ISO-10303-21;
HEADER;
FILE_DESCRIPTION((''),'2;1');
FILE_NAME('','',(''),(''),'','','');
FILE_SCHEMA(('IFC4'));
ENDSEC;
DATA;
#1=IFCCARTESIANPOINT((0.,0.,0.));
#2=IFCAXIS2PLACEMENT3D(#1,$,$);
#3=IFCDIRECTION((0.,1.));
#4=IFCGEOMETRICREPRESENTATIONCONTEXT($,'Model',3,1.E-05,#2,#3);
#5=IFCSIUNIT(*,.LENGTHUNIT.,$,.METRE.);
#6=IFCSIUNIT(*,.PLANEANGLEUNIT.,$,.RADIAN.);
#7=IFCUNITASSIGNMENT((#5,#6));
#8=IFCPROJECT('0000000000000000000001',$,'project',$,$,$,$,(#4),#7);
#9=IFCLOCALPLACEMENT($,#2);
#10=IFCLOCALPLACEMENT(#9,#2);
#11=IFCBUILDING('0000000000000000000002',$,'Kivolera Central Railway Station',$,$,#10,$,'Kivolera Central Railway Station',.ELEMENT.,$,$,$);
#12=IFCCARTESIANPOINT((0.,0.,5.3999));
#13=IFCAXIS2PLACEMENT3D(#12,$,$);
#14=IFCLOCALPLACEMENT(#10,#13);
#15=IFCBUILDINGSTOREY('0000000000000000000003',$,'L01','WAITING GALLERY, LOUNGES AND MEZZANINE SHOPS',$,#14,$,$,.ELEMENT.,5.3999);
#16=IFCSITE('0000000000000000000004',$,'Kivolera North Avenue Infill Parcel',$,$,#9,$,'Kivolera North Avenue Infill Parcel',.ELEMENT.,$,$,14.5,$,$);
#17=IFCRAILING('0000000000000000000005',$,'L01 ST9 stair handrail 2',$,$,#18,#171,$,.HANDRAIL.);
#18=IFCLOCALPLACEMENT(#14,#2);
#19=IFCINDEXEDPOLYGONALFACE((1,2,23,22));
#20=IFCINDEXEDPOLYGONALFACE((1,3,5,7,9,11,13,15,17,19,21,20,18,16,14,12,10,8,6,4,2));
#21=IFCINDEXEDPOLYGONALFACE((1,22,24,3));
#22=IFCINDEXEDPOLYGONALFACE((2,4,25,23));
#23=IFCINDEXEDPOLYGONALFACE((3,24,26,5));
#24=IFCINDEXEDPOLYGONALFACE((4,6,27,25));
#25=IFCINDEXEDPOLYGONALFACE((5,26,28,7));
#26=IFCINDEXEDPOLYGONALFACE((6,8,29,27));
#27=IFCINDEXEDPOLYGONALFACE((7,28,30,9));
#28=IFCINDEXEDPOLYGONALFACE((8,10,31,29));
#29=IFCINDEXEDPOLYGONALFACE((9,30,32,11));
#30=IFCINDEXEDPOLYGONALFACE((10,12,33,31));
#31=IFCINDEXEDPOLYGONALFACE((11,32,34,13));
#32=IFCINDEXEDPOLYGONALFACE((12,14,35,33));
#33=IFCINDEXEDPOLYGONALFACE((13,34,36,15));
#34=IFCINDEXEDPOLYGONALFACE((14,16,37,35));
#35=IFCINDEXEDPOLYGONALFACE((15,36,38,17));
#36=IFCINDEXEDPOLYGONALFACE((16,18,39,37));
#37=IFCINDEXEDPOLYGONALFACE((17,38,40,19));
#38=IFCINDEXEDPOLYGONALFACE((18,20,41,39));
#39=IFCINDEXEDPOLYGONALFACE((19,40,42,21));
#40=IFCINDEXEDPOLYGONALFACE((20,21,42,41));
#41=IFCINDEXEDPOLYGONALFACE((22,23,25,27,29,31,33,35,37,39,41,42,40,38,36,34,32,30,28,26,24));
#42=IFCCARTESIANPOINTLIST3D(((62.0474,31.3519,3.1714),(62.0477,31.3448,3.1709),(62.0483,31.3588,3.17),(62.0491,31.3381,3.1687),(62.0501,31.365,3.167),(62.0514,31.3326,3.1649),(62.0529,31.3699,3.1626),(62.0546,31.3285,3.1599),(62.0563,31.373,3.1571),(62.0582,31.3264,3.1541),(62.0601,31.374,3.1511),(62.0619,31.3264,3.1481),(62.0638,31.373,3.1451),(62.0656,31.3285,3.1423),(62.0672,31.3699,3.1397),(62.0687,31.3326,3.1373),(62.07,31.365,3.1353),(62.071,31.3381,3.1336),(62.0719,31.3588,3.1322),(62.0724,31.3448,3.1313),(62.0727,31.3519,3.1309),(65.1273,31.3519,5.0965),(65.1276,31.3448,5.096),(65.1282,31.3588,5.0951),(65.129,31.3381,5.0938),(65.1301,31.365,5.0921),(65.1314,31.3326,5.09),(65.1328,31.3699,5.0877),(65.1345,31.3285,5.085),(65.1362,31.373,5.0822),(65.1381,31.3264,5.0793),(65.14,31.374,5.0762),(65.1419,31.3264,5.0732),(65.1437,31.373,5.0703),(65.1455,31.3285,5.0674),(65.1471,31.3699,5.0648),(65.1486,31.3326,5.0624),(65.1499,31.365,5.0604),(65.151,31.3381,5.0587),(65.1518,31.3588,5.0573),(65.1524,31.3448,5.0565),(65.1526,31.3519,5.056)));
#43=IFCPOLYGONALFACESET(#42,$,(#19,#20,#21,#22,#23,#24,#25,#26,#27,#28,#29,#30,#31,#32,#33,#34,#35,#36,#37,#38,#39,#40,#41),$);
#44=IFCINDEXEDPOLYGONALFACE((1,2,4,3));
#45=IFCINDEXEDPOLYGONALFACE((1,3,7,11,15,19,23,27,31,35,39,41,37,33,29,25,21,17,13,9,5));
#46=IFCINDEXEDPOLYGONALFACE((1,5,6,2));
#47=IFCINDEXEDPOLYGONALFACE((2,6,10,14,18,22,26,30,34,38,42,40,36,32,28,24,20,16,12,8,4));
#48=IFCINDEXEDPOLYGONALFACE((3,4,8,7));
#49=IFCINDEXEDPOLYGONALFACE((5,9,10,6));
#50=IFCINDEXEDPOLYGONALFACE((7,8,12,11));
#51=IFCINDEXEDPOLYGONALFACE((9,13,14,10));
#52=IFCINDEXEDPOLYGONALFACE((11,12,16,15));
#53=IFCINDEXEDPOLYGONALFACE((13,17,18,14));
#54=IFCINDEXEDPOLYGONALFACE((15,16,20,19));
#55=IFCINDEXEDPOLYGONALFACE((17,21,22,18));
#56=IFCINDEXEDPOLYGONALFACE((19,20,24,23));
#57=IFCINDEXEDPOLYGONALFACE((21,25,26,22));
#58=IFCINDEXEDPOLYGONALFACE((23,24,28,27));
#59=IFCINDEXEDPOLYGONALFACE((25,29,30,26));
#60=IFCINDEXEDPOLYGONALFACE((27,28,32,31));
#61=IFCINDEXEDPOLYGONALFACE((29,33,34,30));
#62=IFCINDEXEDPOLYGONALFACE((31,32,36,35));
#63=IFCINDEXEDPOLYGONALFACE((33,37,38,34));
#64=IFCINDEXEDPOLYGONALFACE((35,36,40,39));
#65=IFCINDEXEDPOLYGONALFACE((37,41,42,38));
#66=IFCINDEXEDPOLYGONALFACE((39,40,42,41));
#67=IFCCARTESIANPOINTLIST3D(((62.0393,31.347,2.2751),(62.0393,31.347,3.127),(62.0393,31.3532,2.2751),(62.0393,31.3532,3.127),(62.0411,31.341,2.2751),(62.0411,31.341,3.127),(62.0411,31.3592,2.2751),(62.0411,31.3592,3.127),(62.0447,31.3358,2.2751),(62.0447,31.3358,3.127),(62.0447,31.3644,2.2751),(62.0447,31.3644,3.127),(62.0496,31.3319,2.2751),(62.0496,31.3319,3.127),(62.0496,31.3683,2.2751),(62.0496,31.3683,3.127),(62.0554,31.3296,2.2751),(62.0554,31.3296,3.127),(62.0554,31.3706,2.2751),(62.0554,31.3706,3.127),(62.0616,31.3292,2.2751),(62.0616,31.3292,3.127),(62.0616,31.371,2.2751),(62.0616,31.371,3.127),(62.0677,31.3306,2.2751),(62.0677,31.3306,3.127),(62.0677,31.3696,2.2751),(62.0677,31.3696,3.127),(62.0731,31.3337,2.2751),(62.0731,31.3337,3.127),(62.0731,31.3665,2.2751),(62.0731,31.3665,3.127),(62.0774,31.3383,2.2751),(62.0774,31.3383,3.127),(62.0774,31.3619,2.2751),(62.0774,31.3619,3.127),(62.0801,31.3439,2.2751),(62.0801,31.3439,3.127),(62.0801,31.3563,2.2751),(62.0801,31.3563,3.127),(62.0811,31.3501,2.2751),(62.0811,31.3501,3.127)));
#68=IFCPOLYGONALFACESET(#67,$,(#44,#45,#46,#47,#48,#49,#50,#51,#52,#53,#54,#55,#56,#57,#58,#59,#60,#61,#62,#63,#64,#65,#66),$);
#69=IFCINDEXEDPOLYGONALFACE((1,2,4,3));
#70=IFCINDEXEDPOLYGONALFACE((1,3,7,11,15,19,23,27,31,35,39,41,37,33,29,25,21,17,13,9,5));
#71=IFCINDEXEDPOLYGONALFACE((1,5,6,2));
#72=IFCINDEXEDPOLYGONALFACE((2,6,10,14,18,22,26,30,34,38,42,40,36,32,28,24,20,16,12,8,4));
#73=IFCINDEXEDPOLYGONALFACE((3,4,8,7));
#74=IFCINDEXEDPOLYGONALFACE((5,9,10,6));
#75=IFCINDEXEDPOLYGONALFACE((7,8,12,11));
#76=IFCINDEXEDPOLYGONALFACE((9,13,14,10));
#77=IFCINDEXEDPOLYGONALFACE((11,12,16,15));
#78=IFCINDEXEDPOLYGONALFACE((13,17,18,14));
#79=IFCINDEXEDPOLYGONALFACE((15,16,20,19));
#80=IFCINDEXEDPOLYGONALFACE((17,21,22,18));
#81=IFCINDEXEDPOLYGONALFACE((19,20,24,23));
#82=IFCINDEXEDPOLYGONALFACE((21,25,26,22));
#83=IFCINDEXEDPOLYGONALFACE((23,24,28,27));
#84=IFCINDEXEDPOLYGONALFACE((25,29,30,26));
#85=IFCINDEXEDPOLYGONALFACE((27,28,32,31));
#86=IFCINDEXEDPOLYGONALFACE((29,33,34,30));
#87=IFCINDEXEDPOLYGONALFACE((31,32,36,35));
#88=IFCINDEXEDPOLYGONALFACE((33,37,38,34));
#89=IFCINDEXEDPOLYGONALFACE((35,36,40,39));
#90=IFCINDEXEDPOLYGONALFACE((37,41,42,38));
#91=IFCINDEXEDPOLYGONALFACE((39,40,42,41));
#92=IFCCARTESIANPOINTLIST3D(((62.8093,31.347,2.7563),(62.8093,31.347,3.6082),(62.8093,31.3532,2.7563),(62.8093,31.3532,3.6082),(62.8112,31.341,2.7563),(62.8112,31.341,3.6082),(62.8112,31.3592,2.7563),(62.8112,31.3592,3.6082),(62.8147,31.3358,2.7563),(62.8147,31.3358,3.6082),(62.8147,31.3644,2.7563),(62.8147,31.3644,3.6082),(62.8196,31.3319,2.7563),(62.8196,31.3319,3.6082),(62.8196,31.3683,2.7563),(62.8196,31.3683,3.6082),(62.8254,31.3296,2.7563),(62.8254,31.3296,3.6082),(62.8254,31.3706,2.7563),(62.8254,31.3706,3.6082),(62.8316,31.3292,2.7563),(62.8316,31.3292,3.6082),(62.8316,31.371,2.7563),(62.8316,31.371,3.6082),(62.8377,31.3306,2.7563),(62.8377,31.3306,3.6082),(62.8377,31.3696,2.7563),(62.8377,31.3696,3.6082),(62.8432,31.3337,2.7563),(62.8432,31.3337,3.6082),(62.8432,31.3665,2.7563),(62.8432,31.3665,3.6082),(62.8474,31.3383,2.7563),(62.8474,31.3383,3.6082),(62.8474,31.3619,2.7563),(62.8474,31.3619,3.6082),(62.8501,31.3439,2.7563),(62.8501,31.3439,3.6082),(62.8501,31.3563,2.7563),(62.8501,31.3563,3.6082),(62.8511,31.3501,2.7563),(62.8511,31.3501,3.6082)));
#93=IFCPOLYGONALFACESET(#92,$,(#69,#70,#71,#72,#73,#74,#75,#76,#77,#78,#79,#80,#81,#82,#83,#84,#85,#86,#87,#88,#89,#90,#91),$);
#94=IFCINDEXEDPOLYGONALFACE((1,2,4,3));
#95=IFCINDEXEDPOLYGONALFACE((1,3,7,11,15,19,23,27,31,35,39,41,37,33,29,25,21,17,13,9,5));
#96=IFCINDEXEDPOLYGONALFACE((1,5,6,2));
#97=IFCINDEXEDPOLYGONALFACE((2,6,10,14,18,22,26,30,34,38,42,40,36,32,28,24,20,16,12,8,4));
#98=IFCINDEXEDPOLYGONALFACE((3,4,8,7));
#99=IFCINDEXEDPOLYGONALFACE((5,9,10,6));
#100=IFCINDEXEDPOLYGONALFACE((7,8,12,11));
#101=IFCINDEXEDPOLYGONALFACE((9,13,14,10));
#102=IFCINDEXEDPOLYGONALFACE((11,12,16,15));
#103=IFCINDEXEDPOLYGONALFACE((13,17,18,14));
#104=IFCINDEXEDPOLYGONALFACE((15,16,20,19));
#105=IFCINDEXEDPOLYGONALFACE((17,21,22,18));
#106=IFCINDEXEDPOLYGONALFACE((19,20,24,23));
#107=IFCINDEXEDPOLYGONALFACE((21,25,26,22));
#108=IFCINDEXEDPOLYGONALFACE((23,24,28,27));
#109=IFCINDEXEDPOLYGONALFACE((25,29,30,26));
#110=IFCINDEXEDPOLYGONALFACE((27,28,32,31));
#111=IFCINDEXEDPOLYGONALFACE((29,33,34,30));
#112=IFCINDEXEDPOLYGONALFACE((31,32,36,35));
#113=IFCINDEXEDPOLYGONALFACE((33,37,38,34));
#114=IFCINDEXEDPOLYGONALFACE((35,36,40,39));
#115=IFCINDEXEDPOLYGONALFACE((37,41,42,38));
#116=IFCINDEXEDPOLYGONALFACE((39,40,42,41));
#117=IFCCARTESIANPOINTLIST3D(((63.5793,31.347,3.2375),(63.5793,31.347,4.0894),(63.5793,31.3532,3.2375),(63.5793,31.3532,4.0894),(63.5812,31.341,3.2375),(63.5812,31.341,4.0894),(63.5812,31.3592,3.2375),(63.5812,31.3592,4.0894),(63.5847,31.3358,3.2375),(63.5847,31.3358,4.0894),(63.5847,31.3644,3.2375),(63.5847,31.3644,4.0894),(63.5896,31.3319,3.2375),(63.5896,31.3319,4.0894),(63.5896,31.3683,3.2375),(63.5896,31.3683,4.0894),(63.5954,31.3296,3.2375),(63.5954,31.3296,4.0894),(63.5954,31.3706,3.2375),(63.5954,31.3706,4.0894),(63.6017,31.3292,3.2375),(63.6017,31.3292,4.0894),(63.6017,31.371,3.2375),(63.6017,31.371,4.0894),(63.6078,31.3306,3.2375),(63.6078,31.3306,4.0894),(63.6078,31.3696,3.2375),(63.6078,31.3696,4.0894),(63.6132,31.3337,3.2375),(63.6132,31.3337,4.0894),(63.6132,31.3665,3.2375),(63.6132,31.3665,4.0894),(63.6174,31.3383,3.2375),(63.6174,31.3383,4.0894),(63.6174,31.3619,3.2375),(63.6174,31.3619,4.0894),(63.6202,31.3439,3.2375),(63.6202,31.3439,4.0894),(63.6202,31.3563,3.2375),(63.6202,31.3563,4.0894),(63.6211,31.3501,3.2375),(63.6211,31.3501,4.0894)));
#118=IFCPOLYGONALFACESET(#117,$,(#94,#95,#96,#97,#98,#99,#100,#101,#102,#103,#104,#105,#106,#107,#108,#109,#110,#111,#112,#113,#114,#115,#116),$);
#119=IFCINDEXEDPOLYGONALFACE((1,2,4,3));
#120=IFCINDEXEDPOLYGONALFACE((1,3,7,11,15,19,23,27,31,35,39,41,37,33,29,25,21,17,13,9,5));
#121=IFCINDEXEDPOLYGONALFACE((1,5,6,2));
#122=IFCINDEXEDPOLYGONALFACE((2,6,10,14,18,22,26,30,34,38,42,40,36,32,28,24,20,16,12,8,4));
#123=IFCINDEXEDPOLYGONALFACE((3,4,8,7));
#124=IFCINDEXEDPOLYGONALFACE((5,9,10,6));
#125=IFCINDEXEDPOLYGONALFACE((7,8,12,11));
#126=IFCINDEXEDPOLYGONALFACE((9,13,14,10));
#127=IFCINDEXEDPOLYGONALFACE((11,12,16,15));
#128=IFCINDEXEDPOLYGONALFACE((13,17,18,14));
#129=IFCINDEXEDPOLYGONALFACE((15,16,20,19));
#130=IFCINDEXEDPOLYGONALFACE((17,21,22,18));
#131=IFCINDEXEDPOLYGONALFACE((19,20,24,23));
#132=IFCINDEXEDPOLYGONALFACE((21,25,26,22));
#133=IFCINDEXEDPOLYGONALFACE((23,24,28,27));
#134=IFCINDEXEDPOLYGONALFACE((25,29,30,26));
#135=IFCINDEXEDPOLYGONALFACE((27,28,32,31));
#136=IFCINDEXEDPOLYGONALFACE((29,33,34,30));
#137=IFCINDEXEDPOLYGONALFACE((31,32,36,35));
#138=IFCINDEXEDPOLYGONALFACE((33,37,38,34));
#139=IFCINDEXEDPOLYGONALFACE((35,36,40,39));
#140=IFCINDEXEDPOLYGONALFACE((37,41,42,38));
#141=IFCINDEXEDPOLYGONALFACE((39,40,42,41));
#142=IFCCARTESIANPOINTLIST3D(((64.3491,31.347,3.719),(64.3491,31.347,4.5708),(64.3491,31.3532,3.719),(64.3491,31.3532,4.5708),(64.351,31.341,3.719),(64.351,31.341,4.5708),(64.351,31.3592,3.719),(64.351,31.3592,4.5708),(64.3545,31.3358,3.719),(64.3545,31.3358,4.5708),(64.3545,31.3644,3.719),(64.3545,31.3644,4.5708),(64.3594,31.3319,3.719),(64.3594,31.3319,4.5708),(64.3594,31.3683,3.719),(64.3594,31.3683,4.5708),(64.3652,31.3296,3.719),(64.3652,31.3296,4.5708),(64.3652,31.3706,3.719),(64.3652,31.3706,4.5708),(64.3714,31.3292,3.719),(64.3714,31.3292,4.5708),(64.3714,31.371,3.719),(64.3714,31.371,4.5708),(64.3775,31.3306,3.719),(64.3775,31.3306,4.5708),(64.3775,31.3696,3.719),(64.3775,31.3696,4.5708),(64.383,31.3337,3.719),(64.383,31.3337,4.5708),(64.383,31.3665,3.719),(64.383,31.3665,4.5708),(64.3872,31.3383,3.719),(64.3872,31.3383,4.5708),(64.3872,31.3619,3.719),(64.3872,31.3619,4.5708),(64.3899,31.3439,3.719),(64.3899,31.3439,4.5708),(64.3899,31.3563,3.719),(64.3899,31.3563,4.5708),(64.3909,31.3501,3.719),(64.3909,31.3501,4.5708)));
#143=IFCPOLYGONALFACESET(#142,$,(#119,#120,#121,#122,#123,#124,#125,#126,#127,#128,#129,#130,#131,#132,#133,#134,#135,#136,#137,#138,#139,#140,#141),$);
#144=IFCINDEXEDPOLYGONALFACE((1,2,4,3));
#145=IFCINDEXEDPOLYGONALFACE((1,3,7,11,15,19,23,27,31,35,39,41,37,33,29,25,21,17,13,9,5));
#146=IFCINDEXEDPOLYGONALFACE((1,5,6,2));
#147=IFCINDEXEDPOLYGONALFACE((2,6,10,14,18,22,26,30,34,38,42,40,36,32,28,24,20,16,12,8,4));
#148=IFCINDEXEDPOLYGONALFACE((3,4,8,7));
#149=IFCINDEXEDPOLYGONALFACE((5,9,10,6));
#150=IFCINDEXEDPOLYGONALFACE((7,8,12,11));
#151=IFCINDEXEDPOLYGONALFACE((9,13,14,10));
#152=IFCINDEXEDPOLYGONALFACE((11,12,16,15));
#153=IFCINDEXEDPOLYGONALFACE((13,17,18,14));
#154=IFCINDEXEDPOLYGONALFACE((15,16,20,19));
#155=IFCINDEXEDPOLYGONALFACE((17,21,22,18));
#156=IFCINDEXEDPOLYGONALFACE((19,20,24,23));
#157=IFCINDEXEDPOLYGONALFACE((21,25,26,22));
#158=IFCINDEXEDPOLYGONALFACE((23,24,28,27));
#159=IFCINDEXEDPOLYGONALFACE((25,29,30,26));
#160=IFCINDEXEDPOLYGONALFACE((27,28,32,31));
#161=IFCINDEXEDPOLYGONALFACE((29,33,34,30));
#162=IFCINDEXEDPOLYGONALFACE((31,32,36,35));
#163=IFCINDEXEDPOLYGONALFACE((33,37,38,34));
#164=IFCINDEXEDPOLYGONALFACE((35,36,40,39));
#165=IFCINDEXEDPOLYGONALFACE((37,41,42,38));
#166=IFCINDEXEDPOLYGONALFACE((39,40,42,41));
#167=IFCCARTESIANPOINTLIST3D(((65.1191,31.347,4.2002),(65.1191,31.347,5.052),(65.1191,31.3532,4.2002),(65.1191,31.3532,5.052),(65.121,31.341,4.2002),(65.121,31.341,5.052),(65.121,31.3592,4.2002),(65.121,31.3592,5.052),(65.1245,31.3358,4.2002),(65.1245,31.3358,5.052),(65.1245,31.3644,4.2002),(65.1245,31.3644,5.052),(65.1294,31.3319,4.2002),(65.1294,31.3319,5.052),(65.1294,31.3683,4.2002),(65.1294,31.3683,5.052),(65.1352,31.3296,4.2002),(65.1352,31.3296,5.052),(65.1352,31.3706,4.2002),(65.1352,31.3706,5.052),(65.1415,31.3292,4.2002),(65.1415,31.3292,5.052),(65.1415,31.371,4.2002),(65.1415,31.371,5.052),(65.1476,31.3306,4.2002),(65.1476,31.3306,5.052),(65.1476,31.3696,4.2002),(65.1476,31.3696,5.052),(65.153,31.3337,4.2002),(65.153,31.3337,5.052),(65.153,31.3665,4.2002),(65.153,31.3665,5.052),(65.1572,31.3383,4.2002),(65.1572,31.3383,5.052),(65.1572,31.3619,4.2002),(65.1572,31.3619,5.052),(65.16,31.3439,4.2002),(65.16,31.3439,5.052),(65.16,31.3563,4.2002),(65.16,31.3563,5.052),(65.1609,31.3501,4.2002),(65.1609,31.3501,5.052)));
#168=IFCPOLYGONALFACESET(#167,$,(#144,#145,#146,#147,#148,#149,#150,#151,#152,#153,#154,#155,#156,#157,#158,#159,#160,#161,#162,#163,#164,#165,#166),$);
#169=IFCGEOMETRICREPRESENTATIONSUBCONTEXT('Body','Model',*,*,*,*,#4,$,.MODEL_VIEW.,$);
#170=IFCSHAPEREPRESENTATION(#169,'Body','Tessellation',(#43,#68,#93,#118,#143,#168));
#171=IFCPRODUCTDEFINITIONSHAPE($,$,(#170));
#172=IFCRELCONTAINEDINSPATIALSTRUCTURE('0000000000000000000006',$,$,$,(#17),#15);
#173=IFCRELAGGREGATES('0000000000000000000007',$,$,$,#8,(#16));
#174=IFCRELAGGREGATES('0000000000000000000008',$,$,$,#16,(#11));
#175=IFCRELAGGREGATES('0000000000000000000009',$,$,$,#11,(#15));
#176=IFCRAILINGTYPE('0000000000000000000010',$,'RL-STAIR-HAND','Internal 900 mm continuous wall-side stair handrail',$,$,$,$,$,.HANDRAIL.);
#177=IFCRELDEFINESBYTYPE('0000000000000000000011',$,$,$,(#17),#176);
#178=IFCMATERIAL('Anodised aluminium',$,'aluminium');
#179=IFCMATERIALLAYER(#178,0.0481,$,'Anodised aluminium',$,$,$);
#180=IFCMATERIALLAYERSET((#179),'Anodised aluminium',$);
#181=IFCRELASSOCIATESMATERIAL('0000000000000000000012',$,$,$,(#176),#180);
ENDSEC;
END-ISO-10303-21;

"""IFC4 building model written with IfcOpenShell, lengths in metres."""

from ifc_helpers import new_model, si_unit, direction, frame, origin, origin_2d, place, context, subcontext, project, spatial, circle, extrude, material, layer, layer_set, type_object, element, save


model = new_model("IFC4")

# Units and contexts
model_context = context("Model", 3, precision=1e-05, world=origin(), true_north=direction((0.0, 1.0)))
body_context = subcontext(model_context, "Body", "Model", "MODEL_VIEW")
ifc_project = project(units=[si_unit("LENGTHUNIT", "METRE"), si_unit("PLANEANGLEUNIT", "RADIAN")], contexts=[model_context])

# Site, building, storey
site_placement = place(None, origin())
site = spatial("IfcSite", under=ifc_project, at=site_placement, Name="Kivolera North Avenue Infill Parcel", LongName="Kivolera North Avenue Infill Parcel", CompositionType="ELEMENT", RefElevation=14.5)
building_placement = place(site_placement, origin())
building = spatial("IfcBuilding", under=site, at=building_placement, Name="Kivolera Central Railway Station", LongName="Kivolera Central Railway Station", CompositionType="ELEMENT")
storey_placement = place(building_placement, frame((0.0, 0.0, 5.3999)))
storey = spatial("IfcBuildingStorey", under=building, at=storey_placement, Name="L01", Description="WAITING GALLERY, LOUNGES AND MEZZANINE SHOPS", CompositionType="ELEMENT", Elevation=5.3999)

# Railing
ifc_material_1 = material(Name="Anodised aluminium", Category="aluminium")
ifc_layer_1 = layer(ifc_material_1, 0.0481, Name="Anodised aluminium")
ifc_layer_set_1 = layer_set([ifc_layer_1], Name="Anodised aluminium")
railing_type_1 = type_object("IfcRailingType", Name="RL-STAIR-HAND", Description="Internal 900 mm continuous wall-side stair handrail", PredefinedType="HANDRAIL", material=ifc_layer_set_1)
railing_1_placement = place(storey_placement, frame((62.0601, 31.3501, 2.2751)))
element("IfcRailing", 1, at=railing_1_placement, inside=storey, type_object=railing_type_1, Name="L01 ST9 stair handrail 2", PredefinedType="HANDRAIL", context=body_context, shape_type="SweptSolid", body=[
    extrude(circle(Radius=0.0239, at=origin_2d()), frame((0.0, 0.0, 0.876), z_axis=(0.847979, 0.0, 0.530029), x_axis=(0.0, 1.0, 0.0)), (0.0, 0.0, 1.0), 3.6321),
    extrude(circle(Radius=0.021, at=origin_2d()), origin(), (0.0, 0.0, 1.0), 0.8518),
    extrude(circle(Radius=0.021, at=origin_2d()), frame((0.77, 0.0, 0.4812)), (0.0, 0.0, 1.0), 0.8518),
    extrude(circle(Radius=0.021, at=origin_2d()), frame((1.54, 0.0, 0.9624)), (0.0, 0.0, 1.0), 0.8518),
    extrude(circle(Radius=0.021, at=origin_2d()), frame((2.3098, 0.0, 1.4438)), (0.0, 0.0, 1.0), 0.8518),
    extrude(circle(Radius=0.021, at=origin_2d()), frame((3.0798, 0.0, 1.925)), (0.0, 0.0, 1.0), 0.8518),
])

save(model, "model.ifc")
